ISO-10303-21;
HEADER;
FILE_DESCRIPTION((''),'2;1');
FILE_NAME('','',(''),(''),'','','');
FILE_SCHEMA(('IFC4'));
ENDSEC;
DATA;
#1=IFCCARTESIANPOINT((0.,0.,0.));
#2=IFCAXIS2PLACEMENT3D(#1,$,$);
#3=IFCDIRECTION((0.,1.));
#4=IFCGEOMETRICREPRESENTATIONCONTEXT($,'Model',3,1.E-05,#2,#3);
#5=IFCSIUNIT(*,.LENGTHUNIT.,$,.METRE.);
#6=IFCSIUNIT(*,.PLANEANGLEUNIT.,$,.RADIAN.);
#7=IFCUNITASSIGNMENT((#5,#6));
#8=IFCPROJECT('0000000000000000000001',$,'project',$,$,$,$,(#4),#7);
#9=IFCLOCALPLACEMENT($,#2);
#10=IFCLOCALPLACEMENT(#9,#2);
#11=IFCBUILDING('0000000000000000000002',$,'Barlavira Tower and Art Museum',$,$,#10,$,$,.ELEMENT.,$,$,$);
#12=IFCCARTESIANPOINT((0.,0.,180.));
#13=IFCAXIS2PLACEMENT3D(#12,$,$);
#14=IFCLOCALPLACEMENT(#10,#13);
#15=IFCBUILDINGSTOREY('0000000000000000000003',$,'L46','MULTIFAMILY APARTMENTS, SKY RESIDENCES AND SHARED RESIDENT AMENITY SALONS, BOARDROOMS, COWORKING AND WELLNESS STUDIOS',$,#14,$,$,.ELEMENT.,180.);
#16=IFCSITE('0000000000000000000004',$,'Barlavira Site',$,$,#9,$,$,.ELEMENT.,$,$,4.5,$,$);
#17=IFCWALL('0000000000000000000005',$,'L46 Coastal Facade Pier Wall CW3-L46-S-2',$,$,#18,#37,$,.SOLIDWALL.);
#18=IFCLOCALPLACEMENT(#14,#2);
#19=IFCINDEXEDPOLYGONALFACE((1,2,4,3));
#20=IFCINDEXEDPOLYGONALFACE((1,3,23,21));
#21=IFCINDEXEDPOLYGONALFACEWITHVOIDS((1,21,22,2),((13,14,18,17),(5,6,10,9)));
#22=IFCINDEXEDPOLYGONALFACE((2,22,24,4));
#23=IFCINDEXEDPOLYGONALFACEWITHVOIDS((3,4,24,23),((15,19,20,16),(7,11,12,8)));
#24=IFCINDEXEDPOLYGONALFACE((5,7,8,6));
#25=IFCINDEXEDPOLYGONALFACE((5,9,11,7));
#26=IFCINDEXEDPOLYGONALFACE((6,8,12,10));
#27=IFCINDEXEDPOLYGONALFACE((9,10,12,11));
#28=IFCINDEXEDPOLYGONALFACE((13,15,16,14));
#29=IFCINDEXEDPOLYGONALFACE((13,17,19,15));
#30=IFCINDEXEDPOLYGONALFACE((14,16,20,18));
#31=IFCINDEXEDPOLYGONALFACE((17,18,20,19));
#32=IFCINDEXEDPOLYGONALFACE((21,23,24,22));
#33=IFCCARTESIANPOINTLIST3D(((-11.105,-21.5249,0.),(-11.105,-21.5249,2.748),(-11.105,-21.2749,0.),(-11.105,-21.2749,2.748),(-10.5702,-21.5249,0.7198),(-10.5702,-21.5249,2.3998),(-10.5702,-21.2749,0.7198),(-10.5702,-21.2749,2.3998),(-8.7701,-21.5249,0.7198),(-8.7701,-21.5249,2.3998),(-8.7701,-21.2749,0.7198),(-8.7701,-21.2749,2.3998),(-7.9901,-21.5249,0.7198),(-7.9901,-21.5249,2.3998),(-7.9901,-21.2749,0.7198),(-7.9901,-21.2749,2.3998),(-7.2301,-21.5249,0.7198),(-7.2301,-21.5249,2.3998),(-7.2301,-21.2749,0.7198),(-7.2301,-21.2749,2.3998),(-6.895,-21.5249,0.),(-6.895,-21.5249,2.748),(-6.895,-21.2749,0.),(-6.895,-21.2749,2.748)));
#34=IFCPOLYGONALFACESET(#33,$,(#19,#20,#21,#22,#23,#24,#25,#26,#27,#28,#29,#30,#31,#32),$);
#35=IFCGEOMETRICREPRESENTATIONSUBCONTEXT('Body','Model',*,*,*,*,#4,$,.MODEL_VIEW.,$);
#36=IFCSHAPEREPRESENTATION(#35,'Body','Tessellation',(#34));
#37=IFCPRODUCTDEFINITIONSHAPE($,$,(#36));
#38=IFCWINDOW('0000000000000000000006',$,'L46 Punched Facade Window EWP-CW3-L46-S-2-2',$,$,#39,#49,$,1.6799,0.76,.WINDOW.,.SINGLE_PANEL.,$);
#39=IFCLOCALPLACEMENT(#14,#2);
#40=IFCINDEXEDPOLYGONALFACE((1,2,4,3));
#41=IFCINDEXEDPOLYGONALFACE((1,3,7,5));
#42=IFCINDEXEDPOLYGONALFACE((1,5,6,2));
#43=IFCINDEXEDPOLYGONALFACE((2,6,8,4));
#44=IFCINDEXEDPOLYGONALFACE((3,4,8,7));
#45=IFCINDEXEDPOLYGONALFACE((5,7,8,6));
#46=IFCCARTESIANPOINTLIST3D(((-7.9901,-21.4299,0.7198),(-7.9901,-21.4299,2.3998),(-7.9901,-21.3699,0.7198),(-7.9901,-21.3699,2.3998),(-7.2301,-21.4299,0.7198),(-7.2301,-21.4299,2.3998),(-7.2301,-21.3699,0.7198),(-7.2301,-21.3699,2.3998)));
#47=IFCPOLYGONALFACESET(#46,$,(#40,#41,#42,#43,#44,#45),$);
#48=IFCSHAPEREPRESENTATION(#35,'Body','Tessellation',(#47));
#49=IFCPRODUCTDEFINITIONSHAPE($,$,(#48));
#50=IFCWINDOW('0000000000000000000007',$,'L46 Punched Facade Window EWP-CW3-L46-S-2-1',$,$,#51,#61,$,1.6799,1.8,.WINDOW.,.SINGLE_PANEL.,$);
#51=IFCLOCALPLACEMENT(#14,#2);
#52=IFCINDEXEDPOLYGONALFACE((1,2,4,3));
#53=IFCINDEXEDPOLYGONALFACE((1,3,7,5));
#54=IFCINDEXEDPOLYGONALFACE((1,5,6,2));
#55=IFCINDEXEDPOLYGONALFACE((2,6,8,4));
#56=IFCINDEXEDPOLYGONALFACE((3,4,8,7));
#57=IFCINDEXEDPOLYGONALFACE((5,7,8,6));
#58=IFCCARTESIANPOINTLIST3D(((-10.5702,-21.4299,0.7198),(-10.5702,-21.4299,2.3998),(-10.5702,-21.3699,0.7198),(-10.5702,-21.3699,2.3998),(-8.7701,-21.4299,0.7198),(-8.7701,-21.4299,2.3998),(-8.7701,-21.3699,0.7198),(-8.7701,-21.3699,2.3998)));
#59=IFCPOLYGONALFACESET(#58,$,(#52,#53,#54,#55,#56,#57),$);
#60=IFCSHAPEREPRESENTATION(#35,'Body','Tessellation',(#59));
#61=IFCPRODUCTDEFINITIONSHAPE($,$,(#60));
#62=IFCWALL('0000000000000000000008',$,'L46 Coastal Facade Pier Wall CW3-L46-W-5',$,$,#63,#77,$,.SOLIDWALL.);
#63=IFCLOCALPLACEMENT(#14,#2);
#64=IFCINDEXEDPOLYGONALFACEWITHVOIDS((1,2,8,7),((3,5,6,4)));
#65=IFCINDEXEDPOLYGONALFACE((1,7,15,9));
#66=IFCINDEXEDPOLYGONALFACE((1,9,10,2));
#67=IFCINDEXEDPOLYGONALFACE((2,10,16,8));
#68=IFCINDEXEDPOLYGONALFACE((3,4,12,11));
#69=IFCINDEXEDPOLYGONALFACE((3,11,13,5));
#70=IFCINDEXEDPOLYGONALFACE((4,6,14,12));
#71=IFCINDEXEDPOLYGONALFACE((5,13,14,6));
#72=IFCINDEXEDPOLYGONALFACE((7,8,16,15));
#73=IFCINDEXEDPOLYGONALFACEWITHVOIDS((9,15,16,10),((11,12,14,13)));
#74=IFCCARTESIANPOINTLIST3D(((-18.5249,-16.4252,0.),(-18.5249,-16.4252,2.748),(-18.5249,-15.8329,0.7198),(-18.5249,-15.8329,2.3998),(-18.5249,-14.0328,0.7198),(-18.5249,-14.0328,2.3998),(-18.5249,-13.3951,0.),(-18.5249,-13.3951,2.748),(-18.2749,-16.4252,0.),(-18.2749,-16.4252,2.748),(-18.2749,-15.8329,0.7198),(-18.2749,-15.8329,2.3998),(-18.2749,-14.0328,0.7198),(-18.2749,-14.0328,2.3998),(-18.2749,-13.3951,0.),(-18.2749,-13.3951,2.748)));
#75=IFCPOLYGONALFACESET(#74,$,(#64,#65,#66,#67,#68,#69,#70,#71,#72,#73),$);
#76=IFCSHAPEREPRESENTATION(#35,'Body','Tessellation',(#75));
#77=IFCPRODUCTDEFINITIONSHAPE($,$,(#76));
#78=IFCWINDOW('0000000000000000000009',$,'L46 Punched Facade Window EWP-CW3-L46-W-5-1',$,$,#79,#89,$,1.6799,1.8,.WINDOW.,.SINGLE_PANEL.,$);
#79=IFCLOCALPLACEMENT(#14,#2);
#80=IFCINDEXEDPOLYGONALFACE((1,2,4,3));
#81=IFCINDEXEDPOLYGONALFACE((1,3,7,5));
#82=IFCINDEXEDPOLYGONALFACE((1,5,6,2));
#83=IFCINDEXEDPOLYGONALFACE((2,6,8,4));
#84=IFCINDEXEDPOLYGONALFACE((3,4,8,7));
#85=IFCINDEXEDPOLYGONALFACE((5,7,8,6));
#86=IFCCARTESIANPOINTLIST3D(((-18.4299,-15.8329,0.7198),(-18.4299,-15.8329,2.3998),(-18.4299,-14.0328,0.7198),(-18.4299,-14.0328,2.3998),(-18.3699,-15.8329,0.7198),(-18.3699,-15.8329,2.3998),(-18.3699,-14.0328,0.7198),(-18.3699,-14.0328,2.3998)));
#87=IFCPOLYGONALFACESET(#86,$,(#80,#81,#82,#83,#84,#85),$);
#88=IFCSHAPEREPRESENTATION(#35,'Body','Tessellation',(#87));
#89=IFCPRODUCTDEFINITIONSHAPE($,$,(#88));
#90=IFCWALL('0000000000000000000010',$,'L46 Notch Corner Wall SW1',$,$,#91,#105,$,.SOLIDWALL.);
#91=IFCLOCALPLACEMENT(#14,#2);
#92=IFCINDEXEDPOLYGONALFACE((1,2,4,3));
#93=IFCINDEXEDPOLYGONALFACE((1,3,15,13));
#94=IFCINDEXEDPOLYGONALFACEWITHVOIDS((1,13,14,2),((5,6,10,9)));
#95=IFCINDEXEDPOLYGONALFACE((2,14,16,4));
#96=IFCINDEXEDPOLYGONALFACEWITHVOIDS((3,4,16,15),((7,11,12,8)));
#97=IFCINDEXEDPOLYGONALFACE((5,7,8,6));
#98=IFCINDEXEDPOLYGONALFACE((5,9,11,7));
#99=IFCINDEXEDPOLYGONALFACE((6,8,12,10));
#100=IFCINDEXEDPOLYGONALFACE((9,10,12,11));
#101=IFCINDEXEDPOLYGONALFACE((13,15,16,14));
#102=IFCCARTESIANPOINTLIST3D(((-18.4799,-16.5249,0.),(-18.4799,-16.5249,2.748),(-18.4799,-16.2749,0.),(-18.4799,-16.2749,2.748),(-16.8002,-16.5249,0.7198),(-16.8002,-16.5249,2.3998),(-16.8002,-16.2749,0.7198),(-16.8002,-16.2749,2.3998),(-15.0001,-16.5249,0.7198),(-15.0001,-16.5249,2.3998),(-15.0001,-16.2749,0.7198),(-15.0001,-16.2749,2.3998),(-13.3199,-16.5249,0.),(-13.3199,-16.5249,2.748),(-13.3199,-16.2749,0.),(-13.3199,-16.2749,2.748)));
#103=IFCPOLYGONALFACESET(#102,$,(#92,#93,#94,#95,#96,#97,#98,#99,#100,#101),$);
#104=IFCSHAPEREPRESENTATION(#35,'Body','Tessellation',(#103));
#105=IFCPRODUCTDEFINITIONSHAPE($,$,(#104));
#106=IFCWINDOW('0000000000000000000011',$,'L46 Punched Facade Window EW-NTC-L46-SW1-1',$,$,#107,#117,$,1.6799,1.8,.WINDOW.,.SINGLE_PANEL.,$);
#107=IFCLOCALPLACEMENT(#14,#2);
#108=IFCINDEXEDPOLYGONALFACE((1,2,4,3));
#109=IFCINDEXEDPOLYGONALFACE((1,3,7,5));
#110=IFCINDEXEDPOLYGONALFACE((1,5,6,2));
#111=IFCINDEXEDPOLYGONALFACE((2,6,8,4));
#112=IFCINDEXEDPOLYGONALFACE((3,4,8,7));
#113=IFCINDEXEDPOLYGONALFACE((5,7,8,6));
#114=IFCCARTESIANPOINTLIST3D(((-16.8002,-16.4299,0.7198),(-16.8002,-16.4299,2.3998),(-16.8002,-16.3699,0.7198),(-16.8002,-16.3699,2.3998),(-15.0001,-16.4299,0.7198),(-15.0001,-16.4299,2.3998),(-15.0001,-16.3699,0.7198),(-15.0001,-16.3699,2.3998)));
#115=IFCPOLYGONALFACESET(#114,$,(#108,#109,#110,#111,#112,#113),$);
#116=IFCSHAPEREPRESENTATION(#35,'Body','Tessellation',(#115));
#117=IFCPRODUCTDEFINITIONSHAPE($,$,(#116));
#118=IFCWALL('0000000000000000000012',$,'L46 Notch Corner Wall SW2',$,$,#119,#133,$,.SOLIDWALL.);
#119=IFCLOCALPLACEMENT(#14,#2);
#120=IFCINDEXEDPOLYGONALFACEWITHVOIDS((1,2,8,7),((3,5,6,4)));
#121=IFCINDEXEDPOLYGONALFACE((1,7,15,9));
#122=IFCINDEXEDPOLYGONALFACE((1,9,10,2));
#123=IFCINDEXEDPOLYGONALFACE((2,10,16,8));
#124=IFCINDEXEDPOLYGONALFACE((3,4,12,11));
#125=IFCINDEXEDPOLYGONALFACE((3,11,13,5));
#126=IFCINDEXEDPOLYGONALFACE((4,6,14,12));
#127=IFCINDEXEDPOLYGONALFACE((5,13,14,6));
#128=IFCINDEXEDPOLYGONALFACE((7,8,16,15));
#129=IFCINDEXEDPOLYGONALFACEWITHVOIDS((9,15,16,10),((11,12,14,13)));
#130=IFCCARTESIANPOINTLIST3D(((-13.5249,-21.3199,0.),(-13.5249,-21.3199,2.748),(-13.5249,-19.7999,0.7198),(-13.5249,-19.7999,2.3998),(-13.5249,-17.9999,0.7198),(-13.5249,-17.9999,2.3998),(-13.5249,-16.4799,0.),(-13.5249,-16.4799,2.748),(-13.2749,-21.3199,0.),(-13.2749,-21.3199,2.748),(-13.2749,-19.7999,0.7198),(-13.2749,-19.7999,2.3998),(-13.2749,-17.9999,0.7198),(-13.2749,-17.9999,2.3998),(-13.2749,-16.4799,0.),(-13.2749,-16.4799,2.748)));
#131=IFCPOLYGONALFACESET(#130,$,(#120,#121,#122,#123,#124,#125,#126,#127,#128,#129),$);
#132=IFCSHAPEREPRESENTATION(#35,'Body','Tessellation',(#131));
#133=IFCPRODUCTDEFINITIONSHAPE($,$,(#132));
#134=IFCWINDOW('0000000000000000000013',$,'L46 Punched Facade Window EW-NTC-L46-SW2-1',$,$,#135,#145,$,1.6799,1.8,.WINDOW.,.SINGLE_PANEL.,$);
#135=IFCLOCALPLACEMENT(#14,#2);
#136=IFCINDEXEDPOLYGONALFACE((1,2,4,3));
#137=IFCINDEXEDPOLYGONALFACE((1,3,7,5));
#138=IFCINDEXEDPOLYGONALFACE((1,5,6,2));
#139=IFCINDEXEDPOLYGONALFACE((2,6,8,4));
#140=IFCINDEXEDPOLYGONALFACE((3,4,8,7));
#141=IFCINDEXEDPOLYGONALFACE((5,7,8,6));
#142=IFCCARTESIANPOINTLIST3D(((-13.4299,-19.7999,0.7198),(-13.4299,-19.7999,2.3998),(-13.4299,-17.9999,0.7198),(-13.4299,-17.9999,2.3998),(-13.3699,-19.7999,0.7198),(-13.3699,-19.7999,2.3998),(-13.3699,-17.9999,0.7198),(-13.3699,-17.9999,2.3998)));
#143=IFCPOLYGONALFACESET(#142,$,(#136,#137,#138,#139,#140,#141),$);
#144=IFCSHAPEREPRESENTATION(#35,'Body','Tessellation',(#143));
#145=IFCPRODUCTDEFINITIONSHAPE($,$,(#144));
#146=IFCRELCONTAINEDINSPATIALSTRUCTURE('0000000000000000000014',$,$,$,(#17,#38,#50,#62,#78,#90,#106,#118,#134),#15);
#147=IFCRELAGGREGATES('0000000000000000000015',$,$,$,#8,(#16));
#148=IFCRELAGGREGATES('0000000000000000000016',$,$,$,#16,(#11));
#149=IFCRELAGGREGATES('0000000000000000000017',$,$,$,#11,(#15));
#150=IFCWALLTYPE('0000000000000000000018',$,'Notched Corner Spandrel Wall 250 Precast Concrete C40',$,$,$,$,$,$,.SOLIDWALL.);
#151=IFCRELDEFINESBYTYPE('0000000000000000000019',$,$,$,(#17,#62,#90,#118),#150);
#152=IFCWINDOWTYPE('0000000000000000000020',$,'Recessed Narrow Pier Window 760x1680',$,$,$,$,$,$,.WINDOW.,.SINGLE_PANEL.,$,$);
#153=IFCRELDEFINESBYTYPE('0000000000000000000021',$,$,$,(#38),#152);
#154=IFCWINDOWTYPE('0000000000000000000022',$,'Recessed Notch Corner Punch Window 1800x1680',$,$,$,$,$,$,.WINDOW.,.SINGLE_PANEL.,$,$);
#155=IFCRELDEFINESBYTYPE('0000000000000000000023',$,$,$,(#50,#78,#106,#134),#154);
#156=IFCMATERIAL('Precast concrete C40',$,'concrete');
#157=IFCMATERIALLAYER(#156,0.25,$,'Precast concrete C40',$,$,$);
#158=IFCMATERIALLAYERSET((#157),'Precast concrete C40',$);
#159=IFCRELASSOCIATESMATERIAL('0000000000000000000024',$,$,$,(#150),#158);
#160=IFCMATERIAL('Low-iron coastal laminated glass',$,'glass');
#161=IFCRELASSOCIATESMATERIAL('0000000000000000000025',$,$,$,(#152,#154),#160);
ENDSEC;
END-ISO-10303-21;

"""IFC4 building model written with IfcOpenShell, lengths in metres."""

from ifc_helpers import new_model, si_unit, direction, frame, frame_2d, origin, place, context, subcontext, project, spatial, rectangle, extrude, material, layer, layer_set, type_object, element, fill, save


model = new_model("IFC4")

# Units and contexts
model_context = context("Model", 3, precision=1e-05, world=origin(), true_north=direction((0.0, 1.0)))
body_context = subcontext(model_context, "Body", "Model", "MODEL_VIEW")
ifc_project = project(units=[si_unit("LENGTHUNIT", "METRE"), si_unit("PLANEANGLEUNIT", "RADIAN")], contexts=[model_context])

# Site, building, storey
site_placement = place(None, origin())
site = spatial("IfcSite", under=ifc_project, at=site_placement, Name="Barlavira Site", CompositionType="ELEMENT", RefElevation=4.5)
building_placement = place(site_placement, origin())
building = spatial("IfcBuilding", under=site, at=building_placement, Name="Barlavira Tower and Art Museum", CompositionType="ELEMENT")
storey_placement = place(building_placement, frame((0.0, 0.0, 180.0)))
storey = spatial("IfcBuildingStorey", under=building, at=storey_placement, Name="L46", Description="MULTIFAMILY APARTMENTS, SKY RESIDENCES AND SHARED RESIDENT AMENITY SALONS, BOARDROOMS, COWORKING AND WELLNESS STUDIOS", CompositionType="ELEMENT", Elevation=180.0)

# Shared definitions
ifc_material_1 = material(Name="Precast concrete C40", Category="concrete")
ifc_layer_1 = layer(ifc_material_1, 0.25, Name="Precast concrete C40")
ifc_layer_set_1 = layer_set([ifc_layer_1], Name="Precast concrete C40")
wall_type_1 = type_object("IfcWallType", Name="Notched Corner Spandrel Wall 250 Precast Concrete C40", PredefinedType="SOLIDWALL", material=ifc_layer_set_1)
ifc_material_2 = material(Name="Low-iron coastal laminated glass", Category="glass")
window_type_1 = type_object("IfcWindowType", Name="Recessed Narrow Pier Window 760x1680", PartitioningType="SINGLE_PANEL", PredefinedType="WINDOW", material=ifc_material_2)

# Wall, openings, windows
wall_1_placement = place(storey_placement, frame((-11.105, -21.3999, 0.0), z_axis=(0.0, 0.0, 1.0), x_axis=(1.0, 0.0, 0.0)))
wall_1 = element("IfcWall", 1, at=wall_1_placement, inside=storey, type_object=wall_type_1, Name="L46 Coastal Facade Pier Wall CW3-L46-S-2", PredefinedType="SOLIDWALL", context=body_context, shape_type="SweptSolid", body=[
    extrude(rectangle(XDim=4.21, YDim=0.25, at=frame_2d((2.105, 0.0))), origin(), (0.0, 0.0, 1.0), 2.748),
])
opening_1_placement = place(wall_1_placement, frame((0.5349, 0.0, 0.72)))
opening_1 = element("IfcOpeningElement", 2, at=opening_1_placement, cuts=wall_1, PredefinedType="OPENING", context=body_context, shape_type="SweptSolid", body=[
    extrude(rectangle(XDim=1.8, YDim=1.6799, at=frame_2d((0.8999, 0.8398))), frame((0.0, 0.135, 0.0), z_axis=(0.0, -1.0, 0.0), x_axis=(1.0, 0.0, 0.0)), (0.0, 0.0, 1.0), 0.27),
])
opening_2_placement = place(wall_1_placement, frame((3.115, 0.0, 0.72)))
opening_2 = element("IfcOpeningElement", 3, at=opening_2_placement, cuts=wall_1, PredefinedType="OPENING", context=body_context, shape_type="SweptSolid", body=[
    extrude(rectangle(XDim=0.76, YDim=1.6799, at=frame_2d((0.3799, 0.8398))), frame((0.0, 0.135, 0.0), z_axis=(0.0, -1.0, 0.0), x_axis=(1.0, 0.0, 0.0)), (0.0, 0.0, 1.0), 0.27),
])
window_1_placement = place(opening_2_placement, origin())
window_1 = element("IfcWindow", 4, at=window_1_placement, inside=storey, type_object=window_type_1, Name="L46 Punched Facade Window EWP-CW3-L46-S-2-2", OverallHeight=1.6799, OverallWidth=0.76, PartitioningType="SINGLE_PANEL", PredefinedType="WINDOW", context=body_context, shape_type="SweptSolid", body=[
    extrude(rectangle(XDim=0.76, YDim=1.6799, at=frame_2d((0.3799, 0.8398))), frame((0.0, 0.03, 0.0), z_axis=(0.0, -1.0, 0.0), x_axis=(1.0, 0.0, 0.0)), (0.0, 0.0, 1.0), 0.0601),
])
fill(opening_2, window_1)
window_type_2 = type_object("IfcWindowType", Name="Recessed Notch Corner Punch Window 1800x1680", PartitioningType="SINGLE_PANEL", PredefinedType="WINDOW", material=ifc_material_2)
window_2_placement = place(opening_1_placement, origin())
window_2 = element("IfcWindow", 5, at=window_2_placement, inside=storey, type_object=window_type_2, Name="L46 Punched Facade Window EWP-CW3-L46-S-2-1", OverallHeight=1.6799, OverallWidth=1.8, PartitioningType="SINGLE_PANEL", PredefinedType="WINDOW", context=body_context, shape_type="SweptSolid", body=[
    extrude(rectangle(XDim=1.8, YDim=1.6799, at=frame_2d((0.8999, 0.8398))), frame((0.0, 0.03, 0.0), z_axis=(0.0, -1.0, 0.0), x_axis=(1.0, 0.0, 0.0)), (0.0, 0.0, 1.0), 0.0601),
])
fill(opening_1, window_2)

# Walls, openings, windows
wall_2_placement = place(storey_placement, frame((-18.3999, -13.395, 0.0), z_axis=(0.0, 0.0, 1.0), x_axis=(0.0, -1.0, 0.0)))
wall_2 = element("IfcWall", 6, at=wall_2_placement, inside=storey, type_object=wall_type_1, Name="L46 Coastal Facade Pier Wall CW3-L46-W-5", PredefinedType="SOLIDWALL", context=body_context, shape_type="SweptSolid", body=[
    extrude(rectangle(XDim=3.03, YDim=0.25, at=frame_2d((1.5151, 0.0))), origin(), (0.0, 0.0, 1.0), 2.748),
])
opening_3_placement = place(wall_2_placement, frame((0.6379, 0.0, 0.72)))
opening_3 = element("IfcOpeningElement", 7, at=opening_3_placement, cuts=wall_2, PredefinedType="OPENING", context=body_context, shape_type="SweptSolid", body=[
    extrude(rectangle(XDim=1.8, YDim=1.6799, at=frame_2d((0.8999, 0.8398))), frame((0.0, 0.135, 0.0), z_axis=(0.0, -1.0, 0.0), x_axis=(1.0, 0.0, 0.0)), (0.0, 0.0, 1.0), 0.27),
])
window_3_placement = place(opening_3_placement, origin())
window_3 = element("IfcWindow", 8, at=window_3_placement, inside=storey, type_object=window_type_2, Name="L46 Punched Facade Window EWP-CW3-L46-W-5-1", OverallHeight=1.6799, OverallWidth=1.8, PartitioningType="SINGLE_PANEL", PredefinedType="WINDOW", context=body_context, shape_type="SweptSolid", body=[
    extrude(rectangle(XDim=1.8, YDim=1.6799, at=frame_2d((0.8999, 0.8398))), frame((0.0, 0.03, 0.0), z_axis=(0.0, -1.0, 0.0), x_axis=(1.0, 0.0, 0.0)), (0.0, 0.0, 1.0), 0.0601),
])
fill(opening_3, window_3)
wall_3_placement = place(storey_placement, frame((-18.48, -16.3999, 0.0), z_axis=(0.0, 0.0, 1.0), x_axis=(1.0, 0.0, 0.0)))
wall_3 = element("IfcWall", 9, at=wall_3_placement, inside=storey, type_object=wall_type_1, Name="L46 Notch Corner Wall SW1", PredefinedType="SOLIDWALL", context=body_context, shape_type="SweptSolid", body=[
    extrude(rectangle(XDim=5.1599, YDim=0.25, at=frame_2d((2.5801, 0.0))), origin(), (0.0, 0.0, 1.0), 2.748),
])
opening_4_placement = place(wall_3_placement, frame((1.6799, 0.0, 0.72)))
opening_4 = element("IfcOpeningElement", 10, at=opening_4_placement, cuts=wall_3, PredefinedType="OPENING", context=body_context, shape_type="SweptSolid", body=[
    extrude(rectangle(XDim=1.8, YDim=1.6799, at=frame_2d((0.8999, 0.8398))), frame((0.0, 0.135, 0.0), z_axis=(0.0, -1.0, 0.0), x_axis=(1.0, 0.0, 0.0)), (0.0, 0.0, 1.0), 0.27),
])
window_4_placement = place(opening_4_placement, origin())
window_4 = element("IfcWindow", 11, at=window_4_placement, inside=storey, type_object=window_type_2, Name="L46 Punched Facade Window EW-NTC-L46-SW1-1", OverallHeight=1.6799, OverallWidth=1.8, PartitioningType="SINGLE_PANEL", PredefinedType="WINDOW", context=body_context, shape_type="SweptSolid", body=[
    extrude(rectangle(XDim=1.8, YDim=1.6799, at=frame_2d((0.8999, 0.8398))), frame((0.0, 0.03, 0.0), z_axis=(0.0, -1.0, 0.0), x_axis=(1.0, 0.0, 0.0)), (0.0, 0.0, 1.0), 0.0601),
])
fill(opening_4, window_4)
wall_4_placement = place(storey_placement, frame((-13.3999, -16.48, 0.0), z_axis=(0.0, 0.0, 1.0), x_axis=(0.0, -1.0, 0.0)))
wall_4 = element("IfcWall", 12, at=wall_4_placement, inside=storey, type_object=wall_type_1, Name="L46 Notch Corner Wall SW2", PredefinedType="SOLIDWALL", context=body_context, shape_type="SweptSolid", body=[
    extrude(rectangle(XDim=4.8401, YDim=0.25, at=frame_2d((2.4199, 0.0))), origin(), (0.0, 0.0, 1.0), 2.748),
])
opening_5_placement = place(wall_4_placement, frame((1.52, 0.0, 0.72)))
opening_5 = element("IfcOpeningElement", 13, at=opening_5_placement, cuts=wall_4, PredefinedType="OPENING", context=body_context, shape_type="SweptSolid", body=[
    extrude(rectangle(XDim=1.8, YDim=1.6799, at=frame_2d((0.8999, 0.8398))), frame((0.0, 0.135, 0.0), z_axis=(0.0, -1.0, 0.0), x_axis=(1.0, 0.0, 0.0)), (0.0, 0.0, 1.0), 0.27),
])
window_5_placement = place(opening_5_placement, origin())
window_5 = element("IfcWindow", 14, at=window_5_placement, inside=storey, type_object=window_type_2, Name="L46 Punched Facade Window EW-NTC-L46-SW2-1", OverallHeight=1.6799, OverallWidth=1.8, PartitioningType="SINGLE_PANEL", PredefinedType="WINDOW", context=body_context, shape_type="SweptSolid", body=[
    extrude(rectangle(XDim=1.8, YDim=1.6799, at=frame_2d((0.8999, 0.8398))), frame((0.0, 0.03, 0.0), z_axis=(0.0, -1.0, 0.0), x_axis=(1.0, 0.0, 0.0)), (0.0, 0.0, 1.0), 0.0601),
])
fill(opening_5, window_5)

save(model, "model.ifc")
